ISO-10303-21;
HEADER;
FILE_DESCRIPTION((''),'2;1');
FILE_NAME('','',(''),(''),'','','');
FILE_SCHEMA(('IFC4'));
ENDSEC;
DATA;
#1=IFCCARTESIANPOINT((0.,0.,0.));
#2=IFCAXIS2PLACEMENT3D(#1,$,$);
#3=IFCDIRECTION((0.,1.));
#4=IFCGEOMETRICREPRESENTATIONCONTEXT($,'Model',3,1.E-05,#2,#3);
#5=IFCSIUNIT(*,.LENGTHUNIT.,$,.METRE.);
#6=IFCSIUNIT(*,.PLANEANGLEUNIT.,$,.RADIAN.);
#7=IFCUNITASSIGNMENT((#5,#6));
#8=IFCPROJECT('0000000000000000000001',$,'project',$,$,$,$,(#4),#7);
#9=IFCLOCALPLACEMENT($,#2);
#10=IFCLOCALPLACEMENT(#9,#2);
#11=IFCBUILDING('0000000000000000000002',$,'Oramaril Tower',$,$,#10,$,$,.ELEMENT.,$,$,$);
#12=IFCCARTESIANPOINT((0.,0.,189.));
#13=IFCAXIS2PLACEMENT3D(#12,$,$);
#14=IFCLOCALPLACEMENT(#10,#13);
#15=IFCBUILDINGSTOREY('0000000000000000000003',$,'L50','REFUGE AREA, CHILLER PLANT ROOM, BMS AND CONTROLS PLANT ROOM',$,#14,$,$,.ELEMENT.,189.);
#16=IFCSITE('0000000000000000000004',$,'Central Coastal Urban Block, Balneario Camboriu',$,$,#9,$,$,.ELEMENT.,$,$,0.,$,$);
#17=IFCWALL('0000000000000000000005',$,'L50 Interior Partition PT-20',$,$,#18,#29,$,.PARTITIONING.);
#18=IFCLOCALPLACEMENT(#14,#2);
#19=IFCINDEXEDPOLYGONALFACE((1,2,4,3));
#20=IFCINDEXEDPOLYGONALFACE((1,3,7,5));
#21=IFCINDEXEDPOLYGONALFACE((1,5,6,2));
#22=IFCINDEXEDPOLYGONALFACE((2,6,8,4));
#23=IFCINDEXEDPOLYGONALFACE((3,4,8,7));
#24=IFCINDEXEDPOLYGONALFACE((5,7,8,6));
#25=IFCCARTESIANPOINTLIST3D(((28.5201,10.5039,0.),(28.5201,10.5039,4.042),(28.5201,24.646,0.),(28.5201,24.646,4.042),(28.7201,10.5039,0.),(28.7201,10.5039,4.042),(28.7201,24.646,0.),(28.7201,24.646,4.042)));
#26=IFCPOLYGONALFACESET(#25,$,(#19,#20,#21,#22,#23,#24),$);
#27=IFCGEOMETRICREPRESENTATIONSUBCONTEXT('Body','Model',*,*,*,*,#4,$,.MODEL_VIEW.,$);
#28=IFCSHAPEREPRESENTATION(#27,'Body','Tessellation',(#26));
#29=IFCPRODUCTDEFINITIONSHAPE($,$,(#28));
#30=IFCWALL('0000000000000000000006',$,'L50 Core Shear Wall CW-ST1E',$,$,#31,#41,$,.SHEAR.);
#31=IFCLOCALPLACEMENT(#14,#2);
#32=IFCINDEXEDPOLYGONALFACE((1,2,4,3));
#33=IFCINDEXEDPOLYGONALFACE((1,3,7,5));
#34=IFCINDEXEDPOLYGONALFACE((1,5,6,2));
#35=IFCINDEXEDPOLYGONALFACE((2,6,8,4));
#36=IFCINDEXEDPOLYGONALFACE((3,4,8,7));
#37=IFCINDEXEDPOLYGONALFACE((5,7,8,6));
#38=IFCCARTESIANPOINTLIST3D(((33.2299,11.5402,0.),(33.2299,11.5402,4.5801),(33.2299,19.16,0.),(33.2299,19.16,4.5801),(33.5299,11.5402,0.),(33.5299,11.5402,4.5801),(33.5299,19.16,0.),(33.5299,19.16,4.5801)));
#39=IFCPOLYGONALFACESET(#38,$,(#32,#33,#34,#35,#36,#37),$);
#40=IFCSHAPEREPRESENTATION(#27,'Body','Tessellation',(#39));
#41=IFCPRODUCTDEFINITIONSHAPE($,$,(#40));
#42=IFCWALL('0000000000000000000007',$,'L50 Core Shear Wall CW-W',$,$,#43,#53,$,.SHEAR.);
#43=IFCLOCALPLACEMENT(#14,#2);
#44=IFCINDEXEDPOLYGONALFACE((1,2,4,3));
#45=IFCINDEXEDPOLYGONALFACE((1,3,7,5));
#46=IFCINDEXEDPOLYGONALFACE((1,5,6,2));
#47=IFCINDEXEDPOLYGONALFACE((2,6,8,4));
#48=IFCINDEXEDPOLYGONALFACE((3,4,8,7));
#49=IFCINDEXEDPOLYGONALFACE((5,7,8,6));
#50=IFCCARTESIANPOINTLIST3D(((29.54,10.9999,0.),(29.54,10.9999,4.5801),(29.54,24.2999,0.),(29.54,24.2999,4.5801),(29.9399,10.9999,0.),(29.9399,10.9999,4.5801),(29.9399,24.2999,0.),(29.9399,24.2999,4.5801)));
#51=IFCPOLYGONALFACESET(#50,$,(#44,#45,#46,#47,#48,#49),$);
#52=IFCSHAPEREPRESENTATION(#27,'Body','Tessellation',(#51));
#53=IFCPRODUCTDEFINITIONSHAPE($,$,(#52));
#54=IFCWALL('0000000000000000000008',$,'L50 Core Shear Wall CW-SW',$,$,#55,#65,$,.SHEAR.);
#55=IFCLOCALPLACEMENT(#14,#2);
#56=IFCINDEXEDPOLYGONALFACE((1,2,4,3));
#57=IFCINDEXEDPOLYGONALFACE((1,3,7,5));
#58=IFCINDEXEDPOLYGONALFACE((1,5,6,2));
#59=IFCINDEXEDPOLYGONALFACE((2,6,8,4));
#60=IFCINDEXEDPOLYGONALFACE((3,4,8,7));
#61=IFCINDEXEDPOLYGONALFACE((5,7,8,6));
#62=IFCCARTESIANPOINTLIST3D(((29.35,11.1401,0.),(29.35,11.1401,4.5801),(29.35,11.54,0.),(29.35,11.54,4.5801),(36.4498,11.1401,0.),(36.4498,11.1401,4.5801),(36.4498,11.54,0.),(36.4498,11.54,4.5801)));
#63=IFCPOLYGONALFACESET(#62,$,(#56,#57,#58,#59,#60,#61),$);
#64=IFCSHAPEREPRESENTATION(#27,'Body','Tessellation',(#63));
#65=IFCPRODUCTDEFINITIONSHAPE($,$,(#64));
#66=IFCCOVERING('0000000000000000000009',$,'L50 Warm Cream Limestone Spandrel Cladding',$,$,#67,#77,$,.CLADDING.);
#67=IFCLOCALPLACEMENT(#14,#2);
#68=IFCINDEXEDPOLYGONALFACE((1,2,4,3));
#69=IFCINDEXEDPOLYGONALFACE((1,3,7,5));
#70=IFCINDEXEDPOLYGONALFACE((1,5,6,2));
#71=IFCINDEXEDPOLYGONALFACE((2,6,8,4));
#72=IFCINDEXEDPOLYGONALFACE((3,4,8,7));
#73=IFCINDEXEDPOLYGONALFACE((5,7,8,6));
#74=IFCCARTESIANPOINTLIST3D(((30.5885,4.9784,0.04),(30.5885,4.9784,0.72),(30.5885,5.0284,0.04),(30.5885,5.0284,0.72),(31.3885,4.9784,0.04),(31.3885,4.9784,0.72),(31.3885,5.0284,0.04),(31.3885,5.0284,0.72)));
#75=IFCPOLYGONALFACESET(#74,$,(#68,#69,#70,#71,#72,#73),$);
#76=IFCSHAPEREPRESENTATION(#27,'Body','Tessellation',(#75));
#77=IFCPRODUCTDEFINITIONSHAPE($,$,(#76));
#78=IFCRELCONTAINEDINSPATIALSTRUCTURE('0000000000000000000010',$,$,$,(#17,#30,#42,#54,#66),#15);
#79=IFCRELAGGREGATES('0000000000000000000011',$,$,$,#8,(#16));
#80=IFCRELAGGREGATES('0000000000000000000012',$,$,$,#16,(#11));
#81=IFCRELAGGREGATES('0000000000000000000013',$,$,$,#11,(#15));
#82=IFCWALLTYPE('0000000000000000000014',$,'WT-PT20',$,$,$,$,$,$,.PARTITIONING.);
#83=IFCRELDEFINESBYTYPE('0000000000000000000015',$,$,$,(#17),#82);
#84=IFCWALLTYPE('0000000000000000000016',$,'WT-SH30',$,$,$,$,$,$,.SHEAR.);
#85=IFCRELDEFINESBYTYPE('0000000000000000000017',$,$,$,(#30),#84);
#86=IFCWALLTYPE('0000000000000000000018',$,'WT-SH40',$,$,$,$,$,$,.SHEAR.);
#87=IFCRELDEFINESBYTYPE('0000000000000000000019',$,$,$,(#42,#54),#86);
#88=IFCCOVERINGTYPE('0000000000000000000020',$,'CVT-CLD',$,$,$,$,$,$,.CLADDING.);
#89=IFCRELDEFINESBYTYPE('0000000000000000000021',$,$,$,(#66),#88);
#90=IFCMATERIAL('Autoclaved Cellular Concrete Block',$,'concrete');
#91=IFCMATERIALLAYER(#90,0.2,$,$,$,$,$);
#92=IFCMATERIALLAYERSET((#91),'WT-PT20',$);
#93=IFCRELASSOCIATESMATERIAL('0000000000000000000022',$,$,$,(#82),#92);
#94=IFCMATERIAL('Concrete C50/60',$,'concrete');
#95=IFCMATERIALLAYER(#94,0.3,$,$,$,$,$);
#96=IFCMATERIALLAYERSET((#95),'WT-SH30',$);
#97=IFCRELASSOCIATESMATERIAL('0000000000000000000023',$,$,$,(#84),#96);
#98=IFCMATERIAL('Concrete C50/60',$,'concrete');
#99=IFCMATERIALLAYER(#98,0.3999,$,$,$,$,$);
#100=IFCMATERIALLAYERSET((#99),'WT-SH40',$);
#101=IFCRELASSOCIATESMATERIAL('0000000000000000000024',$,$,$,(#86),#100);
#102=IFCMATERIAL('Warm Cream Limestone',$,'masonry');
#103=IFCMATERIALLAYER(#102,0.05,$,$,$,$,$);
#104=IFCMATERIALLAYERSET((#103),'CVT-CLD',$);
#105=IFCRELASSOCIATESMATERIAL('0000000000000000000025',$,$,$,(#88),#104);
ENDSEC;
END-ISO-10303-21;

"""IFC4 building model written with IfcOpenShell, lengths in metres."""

from ifc_helpers import new_model, si_unit, direction, frame, frame_2d, origin, origin_2d, place, context, subcontext, project, spatial, rectangle, extrude, material, layer, layer_set, type_object, element, save


model = new_model("IFC4")

# Units and contexts
model_context = context("Model", 3, precision=1e-05, world=origin(), true_north=direction((0.0, 1.0)))
body_context = subcontext(model_context, "Body", "Model", "MODEL_VIEW")
ifc_project = project(units=[si_unit("LENGTHUNIT", "METRE"), si_unit("PLANEANGLEUNIT", "RADIAN")], contexts=[model_context])

# Site, building, storey
site_placement = place(None, origin())
site = spatial("IfcSite", under=ifc_project, at=site_placement, Name="Central Coastal Urban Block, Balneario Camboriu", CompositionType="ELEMENT", RefElevation=0.0)
building_placement = place(site_placement, origin())
building = spatial("IfcBuilding", under=site, at=building_placement, Name="Oramaril Tower", CompositionType="ELEMENT")
storey_placement = place(building_placement, frame((0.0, 0.0, 189.0)))
storey = spatial("IfcBuildingStorey", under=building, at=storey_placement, Name="L50", Description="REFUGE AREA, CHILLER PLANT ROOM, BMS AND CONTROLS PLANT ROOM", CompositionType="ELEMENT", Elevation=189.0)

# Walls
ifc_material_1 = material(Name="Autoclaved Cellular Concrete Block", Category="concrete")
ifc_layer_1 = layer(ifc_material_1, 0.2)
ifc_layer_set_1 = layer_set([ifc_layer_1], Name="WT-PT20")
wall_type_1 = type_object("IfcWallType", Name="WT-PT20", PredefinedType="PARTITIONING", material=ifc_layer_set_1)
wall_1_placement = place(storey_placement, frame((28.6201, 10.5039, 0.0), z_axis=(0.0, 0.0, 1.0), x_axis=(0.0, 1.0, 0.0)))
element("IfcWall", 1, at=wall_1_placement, inside=storey, type_object=wall_type_1, Name="L50 Interior Partition PT-20", PredefinedType="PARTITIONING", context=body_context, shape_type="SweptSolid", body=[
    extrude(rectangle(XDim=14.1421, YDim=0.2, at=frame_2d((7.071, 0.0))), origin(), (0.0, 0.0, 1.0), 4.042),
])
ifc_material_2 = material(Name="Concrete C50/60", Category="concrete")
ifc_layer_2 = layer(ifc_material_2, 0.3)
ifc_layer_set_2 = layer_set([ifc_layer_2], Name="WT-SH30")
wall_type_2 = type_object("IfcWallType", Name="WT-SH30", PredefinedType="SHEAR", material=ifc_layer_set_2)
wall_2_placement = place(storey_placement, frame((33.3799, 11.54, 0.0), z_axis=(0.0, 0.0, 1.0), x_axis=(0.0, 1.0, 0.0)))
element("IfcWall", 2, at=wall_2_placement, inside=storey, type_object=wall_type_2, Name="L50 Core Shear Wall CW-ST1E", PredefinedType="SHEAR", context=body_context, shape_type="SweptSolid", body=[
    extrude(rectangle(XDim=7.6199, YDim=0.3, at=frame_2d((3.8101, 0.0))), origin(), (0.0, 0.0, 1.0), 4.5801),
])
ifc_material_3 = material(Name="Concrete C50/60", Category="concrete")
ifc_layer_3 = layer(ifc_material_3, 0.3999)
ifc_layer_set_3 = layer_set([ifc_layer_3], Name="WT-SH40")
wall_type_3 = type_object("IfcWallType", Name="WT-SH40", PredefinedType="SHEAR", material=ifc_layer_set_3)
wall_3_placement = place(storey_placement, frame((29.74, 11.0, 0.0), z_axis=(0.0, 0.0, 1.0), x_axis=(0.0, 1.0, 0.0)))
element("IfcWall", 3, at=wall_3_placement, inside=storey, type_object=wall_type_3, Name="L50 Core Shear Wall CW-W", PredefinedType="SHEAR", context=body_context, shape_type="SweptSolid", body=[
    extrude(rectangle(XDim=13.3, YDim=0.3999, at=frame_2d((6.6499, 0.0))), origin(), (0.0, 0.0, 1.0), 4.5801),
])
wall_4_placement = place(storey_placement, frame((29.3501, 11.3401, 0.0), z_axis=(0.0, 0.0, 1.0), x_axis=(1.0, 0.0, 0.0)))
element("IfcWall", 4, at=wall_4_placement, inside=storey, type_object=wall_type_3, Name="L50 Core Shear Wall CW-SW", PredefinedType="SHEAR", context=body_context, shape_type="SweptSolid", body=[
    extrude(rectangle(XDim=7.0999, YDim=0.3999, at=frame_2d((3.5498, 0.0))), origin(), (0.0, 0.0, 1.0), 4.5801),
])

# Covering
ifc_material_4 = material(Name="Warm Cream Limestone", Category="masonry")
ifc_layer_4 = layer(ifc_material_4, 0.05)
ifc_layer_set_4 = layer_set([ifc_layer_4], Name="CVT-CLD")
covering_type = type_object("IfcCoveringType", Name="CVT-CLD", PredefinedType="CLADDING", material=ifc_layer_set_4)
covering_placement = place(storey_placement, frame((30.9885, 5.0034, 0.04), z_axis=(0.0, 0.0, 1.0), x_axis=(1.0, 0.0, 0.0)))
element("IfcCovering", 5, at=covering_placement, inside=storey, type_object=covering_type, Name="L50 Warm Cream Limestone Spandrel Cladding", PredefinedType="CLADDING", context=body_context, shape_type="SweptSolid", body=[
    extrude(rectangle(XDim=0.8, YDim=0.05, at=origin_2d()), origin(), (0.0, 0.0, 1.0), 0.6799),
])

save(model, "model.ifc")
